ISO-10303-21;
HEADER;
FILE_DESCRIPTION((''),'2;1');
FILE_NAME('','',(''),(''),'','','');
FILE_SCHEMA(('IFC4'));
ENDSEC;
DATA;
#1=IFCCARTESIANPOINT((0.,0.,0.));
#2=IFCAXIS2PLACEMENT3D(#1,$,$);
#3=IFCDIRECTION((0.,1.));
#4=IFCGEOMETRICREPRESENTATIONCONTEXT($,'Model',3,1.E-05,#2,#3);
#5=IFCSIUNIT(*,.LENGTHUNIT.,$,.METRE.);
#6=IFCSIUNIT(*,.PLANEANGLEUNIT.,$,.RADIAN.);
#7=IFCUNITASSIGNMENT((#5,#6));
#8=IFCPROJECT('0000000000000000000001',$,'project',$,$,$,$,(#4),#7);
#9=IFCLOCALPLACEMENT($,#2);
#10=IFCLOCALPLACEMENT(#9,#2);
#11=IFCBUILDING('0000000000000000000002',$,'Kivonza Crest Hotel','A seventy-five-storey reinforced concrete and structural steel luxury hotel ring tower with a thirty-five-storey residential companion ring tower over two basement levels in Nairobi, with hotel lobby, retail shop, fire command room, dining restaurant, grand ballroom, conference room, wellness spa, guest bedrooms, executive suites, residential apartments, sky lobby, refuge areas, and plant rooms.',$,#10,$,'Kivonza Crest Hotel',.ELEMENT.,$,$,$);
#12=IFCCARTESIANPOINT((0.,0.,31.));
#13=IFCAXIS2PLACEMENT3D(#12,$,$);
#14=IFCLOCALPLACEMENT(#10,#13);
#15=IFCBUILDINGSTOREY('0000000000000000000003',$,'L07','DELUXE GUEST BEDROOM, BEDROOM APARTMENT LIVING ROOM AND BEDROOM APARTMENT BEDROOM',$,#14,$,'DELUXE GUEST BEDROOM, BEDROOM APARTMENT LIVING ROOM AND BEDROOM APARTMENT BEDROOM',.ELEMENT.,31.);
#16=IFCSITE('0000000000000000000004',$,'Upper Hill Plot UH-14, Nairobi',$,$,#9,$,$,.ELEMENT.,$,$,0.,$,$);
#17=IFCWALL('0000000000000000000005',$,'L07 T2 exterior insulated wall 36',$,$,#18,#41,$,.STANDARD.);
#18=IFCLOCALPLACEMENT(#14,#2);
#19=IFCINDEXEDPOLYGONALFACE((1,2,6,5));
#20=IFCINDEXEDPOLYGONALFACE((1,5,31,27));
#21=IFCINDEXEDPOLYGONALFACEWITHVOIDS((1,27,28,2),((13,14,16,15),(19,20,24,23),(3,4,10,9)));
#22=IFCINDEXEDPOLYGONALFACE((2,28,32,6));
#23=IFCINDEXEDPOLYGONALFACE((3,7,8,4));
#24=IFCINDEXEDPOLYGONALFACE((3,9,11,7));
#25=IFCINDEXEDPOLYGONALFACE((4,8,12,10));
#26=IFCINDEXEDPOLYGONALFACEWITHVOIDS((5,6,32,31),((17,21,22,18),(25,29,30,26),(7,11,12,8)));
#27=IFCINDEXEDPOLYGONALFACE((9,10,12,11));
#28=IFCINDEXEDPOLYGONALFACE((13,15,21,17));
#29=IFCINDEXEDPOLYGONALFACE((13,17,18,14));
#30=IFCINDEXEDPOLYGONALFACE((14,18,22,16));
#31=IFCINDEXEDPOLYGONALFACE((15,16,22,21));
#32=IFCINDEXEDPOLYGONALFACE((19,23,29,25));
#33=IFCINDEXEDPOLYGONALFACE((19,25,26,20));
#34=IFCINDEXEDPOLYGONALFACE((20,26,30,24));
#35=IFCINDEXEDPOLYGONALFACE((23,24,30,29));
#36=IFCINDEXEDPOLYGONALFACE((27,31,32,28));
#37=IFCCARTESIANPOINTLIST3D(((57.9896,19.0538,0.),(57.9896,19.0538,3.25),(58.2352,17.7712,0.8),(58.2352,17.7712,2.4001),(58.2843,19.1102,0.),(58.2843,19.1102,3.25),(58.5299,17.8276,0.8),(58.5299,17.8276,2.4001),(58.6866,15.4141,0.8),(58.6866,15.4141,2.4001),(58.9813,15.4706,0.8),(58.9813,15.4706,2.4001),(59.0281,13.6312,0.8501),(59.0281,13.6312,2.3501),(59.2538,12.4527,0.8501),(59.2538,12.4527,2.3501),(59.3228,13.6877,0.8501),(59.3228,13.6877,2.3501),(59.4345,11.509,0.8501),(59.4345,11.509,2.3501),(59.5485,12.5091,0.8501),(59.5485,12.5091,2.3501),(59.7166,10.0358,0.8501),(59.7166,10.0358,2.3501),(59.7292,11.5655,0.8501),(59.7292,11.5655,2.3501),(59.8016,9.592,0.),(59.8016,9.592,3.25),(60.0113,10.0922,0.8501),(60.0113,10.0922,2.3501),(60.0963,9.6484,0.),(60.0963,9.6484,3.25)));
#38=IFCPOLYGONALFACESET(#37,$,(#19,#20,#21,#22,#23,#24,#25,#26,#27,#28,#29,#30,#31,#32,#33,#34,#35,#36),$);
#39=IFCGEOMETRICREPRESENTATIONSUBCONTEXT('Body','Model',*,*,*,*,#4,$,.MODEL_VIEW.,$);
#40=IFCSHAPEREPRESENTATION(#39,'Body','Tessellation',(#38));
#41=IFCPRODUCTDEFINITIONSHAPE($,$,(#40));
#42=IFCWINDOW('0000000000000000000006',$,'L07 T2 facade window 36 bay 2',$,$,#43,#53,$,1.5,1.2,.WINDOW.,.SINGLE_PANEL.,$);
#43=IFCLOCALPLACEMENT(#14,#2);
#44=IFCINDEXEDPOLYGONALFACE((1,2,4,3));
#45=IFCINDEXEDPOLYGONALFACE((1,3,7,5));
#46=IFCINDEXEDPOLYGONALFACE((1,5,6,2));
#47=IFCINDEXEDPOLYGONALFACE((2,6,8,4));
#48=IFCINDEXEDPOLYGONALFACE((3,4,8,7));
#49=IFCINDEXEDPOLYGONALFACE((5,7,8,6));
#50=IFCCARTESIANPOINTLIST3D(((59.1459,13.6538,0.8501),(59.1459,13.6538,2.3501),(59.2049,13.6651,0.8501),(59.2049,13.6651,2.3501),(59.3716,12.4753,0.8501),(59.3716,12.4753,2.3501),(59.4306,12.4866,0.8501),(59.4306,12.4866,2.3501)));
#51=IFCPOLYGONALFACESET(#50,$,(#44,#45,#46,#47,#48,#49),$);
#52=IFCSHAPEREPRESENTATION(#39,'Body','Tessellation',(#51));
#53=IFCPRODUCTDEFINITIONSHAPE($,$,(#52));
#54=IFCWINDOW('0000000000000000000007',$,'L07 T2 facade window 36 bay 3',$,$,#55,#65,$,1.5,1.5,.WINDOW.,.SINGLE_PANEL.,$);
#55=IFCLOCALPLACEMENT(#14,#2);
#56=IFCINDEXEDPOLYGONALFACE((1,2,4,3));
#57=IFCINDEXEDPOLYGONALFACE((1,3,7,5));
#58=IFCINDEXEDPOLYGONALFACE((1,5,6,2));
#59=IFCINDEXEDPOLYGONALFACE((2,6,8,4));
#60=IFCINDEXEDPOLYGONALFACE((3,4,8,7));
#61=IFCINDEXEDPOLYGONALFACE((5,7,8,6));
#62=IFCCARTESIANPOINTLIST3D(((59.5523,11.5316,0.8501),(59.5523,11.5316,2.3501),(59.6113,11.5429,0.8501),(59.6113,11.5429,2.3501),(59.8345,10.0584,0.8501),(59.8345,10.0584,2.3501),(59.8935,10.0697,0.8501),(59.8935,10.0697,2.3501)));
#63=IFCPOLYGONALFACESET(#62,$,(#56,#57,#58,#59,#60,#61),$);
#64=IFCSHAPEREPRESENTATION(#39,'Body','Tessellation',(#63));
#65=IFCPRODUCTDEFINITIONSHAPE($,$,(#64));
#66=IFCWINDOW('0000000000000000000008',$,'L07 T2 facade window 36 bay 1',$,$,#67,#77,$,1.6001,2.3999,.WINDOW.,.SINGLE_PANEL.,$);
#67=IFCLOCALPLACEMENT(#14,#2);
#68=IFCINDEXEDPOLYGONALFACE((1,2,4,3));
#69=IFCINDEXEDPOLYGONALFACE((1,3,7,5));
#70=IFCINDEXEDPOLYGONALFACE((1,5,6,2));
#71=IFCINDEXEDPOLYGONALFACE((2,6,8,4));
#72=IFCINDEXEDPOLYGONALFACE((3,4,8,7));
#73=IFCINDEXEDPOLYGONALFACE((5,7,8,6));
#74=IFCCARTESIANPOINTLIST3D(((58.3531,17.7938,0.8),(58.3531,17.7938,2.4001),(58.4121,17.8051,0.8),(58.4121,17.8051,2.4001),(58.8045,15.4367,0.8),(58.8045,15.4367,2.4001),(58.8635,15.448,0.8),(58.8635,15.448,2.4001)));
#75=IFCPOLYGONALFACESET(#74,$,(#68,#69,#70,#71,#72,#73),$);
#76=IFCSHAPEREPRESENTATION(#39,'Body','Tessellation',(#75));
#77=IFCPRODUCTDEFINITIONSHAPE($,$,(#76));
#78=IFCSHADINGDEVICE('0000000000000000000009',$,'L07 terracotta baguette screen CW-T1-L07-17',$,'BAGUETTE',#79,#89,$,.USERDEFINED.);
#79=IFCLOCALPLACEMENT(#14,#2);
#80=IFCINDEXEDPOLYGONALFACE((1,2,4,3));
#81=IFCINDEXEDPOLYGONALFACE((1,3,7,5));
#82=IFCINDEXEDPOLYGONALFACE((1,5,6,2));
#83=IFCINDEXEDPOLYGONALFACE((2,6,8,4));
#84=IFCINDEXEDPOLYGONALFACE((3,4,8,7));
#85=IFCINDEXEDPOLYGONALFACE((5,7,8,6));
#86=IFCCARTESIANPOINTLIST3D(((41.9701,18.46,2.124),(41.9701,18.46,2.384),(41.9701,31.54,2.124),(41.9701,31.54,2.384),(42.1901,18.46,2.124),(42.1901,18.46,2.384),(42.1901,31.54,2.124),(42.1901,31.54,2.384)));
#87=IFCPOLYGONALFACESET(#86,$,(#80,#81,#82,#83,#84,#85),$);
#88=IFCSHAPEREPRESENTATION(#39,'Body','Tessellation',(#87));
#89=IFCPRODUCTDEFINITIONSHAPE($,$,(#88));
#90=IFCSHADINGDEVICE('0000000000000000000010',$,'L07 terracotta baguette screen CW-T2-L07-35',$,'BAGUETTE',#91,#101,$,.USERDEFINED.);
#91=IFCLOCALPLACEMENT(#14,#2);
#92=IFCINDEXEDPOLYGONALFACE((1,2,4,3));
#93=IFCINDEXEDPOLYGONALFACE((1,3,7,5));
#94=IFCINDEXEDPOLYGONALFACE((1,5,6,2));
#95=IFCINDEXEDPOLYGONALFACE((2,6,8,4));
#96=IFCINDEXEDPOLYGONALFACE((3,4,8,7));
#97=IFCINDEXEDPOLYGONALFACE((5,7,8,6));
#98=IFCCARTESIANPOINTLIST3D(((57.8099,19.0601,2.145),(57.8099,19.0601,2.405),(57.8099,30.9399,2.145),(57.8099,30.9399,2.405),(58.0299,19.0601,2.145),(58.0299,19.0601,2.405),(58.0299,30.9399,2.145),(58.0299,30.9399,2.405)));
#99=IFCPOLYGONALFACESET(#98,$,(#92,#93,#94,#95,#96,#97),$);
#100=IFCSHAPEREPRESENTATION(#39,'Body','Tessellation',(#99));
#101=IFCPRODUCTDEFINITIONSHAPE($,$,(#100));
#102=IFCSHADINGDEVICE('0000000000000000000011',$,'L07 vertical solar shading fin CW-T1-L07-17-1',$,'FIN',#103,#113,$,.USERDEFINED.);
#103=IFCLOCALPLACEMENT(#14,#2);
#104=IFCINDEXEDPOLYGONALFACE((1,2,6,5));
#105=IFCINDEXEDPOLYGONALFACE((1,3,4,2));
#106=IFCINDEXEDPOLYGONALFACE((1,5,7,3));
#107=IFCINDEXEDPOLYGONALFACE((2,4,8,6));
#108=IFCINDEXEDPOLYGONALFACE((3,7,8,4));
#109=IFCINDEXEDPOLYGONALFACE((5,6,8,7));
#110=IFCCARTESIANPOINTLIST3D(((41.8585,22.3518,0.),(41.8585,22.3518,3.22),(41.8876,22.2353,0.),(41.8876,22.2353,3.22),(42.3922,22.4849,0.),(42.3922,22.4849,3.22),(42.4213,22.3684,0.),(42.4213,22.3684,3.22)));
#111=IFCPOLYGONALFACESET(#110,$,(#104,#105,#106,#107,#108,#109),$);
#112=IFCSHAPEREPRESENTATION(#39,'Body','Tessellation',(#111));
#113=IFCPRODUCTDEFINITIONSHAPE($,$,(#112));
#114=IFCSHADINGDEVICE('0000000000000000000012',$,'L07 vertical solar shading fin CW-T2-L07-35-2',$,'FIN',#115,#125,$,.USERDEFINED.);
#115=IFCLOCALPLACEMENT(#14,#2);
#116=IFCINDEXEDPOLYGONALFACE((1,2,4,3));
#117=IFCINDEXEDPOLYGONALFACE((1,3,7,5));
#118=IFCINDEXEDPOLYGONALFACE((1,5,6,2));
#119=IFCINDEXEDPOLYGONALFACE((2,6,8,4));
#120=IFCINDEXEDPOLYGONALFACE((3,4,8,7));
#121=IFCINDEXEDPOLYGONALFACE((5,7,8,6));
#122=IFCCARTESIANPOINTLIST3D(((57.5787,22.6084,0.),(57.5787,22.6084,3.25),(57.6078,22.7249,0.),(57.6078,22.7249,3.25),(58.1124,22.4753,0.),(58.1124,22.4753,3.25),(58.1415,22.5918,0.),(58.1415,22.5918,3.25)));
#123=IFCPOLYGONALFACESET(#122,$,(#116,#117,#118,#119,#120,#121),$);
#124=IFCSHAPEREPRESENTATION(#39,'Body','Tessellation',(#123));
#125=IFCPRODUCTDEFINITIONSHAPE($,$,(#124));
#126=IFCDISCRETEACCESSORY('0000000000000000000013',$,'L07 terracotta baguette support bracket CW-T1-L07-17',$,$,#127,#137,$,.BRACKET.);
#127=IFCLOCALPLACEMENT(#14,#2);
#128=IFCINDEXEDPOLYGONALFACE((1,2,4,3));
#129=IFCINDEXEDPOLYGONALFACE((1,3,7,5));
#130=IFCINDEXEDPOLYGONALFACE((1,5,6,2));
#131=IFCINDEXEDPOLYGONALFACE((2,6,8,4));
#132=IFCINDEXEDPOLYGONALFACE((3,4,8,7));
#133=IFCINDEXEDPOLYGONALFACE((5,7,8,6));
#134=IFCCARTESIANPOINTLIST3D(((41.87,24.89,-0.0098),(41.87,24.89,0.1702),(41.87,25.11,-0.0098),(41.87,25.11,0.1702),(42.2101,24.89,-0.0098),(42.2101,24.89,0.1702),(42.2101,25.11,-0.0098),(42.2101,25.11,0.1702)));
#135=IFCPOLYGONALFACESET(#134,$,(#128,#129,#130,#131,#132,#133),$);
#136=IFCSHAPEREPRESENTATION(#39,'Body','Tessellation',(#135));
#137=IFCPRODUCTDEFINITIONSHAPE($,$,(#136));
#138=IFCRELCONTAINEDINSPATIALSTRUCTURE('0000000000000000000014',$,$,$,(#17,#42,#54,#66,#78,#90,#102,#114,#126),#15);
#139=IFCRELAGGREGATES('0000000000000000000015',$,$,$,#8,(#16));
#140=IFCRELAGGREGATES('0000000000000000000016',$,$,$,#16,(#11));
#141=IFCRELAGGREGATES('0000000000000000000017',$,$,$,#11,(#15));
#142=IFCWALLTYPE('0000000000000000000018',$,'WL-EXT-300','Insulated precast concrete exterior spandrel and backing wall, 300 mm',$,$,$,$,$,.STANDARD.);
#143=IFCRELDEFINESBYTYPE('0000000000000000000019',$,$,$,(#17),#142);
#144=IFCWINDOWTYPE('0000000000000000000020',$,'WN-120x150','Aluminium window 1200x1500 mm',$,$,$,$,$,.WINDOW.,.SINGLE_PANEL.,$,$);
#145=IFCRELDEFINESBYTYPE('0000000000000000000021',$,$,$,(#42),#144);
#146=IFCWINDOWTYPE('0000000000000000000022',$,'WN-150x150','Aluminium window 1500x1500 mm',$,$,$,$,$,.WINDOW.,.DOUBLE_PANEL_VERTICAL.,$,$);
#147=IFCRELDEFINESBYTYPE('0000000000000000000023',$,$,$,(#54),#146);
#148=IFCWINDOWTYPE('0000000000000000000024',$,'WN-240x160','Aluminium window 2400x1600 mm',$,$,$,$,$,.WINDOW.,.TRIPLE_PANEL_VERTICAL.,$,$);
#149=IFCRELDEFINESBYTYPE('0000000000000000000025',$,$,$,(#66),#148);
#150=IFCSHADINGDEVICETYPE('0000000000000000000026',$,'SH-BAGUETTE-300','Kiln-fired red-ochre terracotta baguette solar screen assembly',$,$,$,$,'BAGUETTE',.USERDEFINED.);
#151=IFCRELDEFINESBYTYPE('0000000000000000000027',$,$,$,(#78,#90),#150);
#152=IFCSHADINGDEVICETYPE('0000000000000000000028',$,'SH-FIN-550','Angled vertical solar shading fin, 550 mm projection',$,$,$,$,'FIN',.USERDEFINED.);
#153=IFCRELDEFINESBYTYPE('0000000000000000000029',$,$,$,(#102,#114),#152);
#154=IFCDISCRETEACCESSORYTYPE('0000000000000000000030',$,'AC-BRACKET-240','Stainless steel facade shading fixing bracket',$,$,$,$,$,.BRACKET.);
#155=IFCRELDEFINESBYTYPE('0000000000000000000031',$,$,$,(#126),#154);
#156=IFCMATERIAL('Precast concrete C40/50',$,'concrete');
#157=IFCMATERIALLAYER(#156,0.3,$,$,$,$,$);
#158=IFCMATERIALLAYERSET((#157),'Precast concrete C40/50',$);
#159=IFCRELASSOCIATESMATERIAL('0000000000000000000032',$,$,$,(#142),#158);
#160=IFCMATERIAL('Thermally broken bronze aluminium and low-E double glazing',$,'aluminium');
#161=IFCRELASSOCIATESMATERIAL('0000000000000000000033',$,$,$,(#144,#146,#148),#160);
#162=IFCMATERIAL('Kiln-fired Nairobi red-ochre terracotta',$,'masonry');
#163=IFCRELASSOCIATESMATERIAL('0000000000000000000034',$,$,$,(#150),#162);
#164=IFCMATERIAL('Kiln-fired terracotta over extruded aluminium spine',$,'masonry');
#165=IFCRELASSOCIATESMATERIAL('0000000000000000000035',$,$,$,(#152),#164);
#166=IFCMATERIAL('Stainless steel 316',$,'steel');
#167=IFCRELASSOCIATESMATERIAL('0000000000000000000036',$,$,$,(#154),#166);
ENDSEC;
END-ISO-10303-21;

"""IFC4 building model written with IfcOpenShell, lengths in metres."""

from ifc_helpers import new_model, si_unit, direction, frame, frame_2d, origin, origin_2d, place, context, subcontext, project, spatial, rectangle, extrude, material, layer, layer_set, type_object, element, fill, save


model = new_model("IFC4")

# Units and contexts
model_context = context("Model", 3, precision=1e-05, world=origin(), true_north=direction((0.0, 1.0)))
body_context = subcontext(model_context, "Body", "Model", "MODEL_VIEW")
ifc_project = project(units=[si_unit("LENGTHUNIT", "METRE"), si_unit("PLANEANGLEUNIT", "RADIAN")], contexts=[model_context])

# Site, building, storey
site_placement = place(None, origin())
site = spatial("IfcSite", under=ifc_project, at=site_placement, Name="Upper Hill Plot UH-14, Nairobi", CompositionType="ELEMENT", RefElevation=0.0)
building_placement = place(site_placement, origin())
building = spatial("IfcBuilding", under=site, at=building_placement, Name="Kivonza Crest Hotel", Description="A seventy-five-storey reinforced concrete and structural steel luxury hotel ring tower with a thirty-five-storey residential companion ring tower over two basement levels in Nairobi, with hotel lobby, retail shop, fire command room, dining restaurant, grand ballroom, conference room, wellness spa, guest bedrooms, executive suites, residential apartments, sky lobby, refuge areas, and plant rooms.", LongName="Kivonza Crest Hotel", CompositionType="ELEMENT")
storey_placement = place(building_placement, frame((0.0, 0.0, 31.0)))
storey = spatial("IfcBuildingStorey", under=building, at=storey_placement, Name="L07", Description="DELUXE GUEST BEDROOM, BEDROOM APARTMENT LIVING ROOM AND BEDROOM APARTMENT BEDROOM", LongName="DELUXE GUEST BEDROOM, BEDROOM APARTMENT LIVING ROOM AND BEDROOM APARTMENT BEDROOM", CompositionType="ELEMENT", Elevation=31.0)

# Wall, openings, windows
ifc_material_1 = material(Name="Precast concrete C40/50", Category="concrete")
ifc_layer_1 = layer(ifc_material_1, 0.3)
ifc_layer_set_1 = layer_set([ifc_layer_1], Name="Precast concrete C40/50")
wall_type_1 = type_object("IfcWallType", Name="WL-EXT-300", Description="Insulated precast concrete exterior spandrel and backing wall, 300 mm", PredefinedType="STANDARD", material=ifc_layer_set_1)
wall_1_placement = place(storey_placement, frame((58.137, 19.082, 0.0), z_axis=(0.0, 0.0, 1.0), x_axis=(0.188088, -0.982152, 0.0)))
wall_1 = element("IfcWall", 1, at=wall_1_placement, inside=storey, type_object=wall_type_1, Name="L07 T2 exterior insulated wall 36", PredefinedType="STANDARD", context=body_context, shape_type="SweptSolid", body=[
    extrude(rectangle(XDim=9.6338, YDim=0.3, at=frame_2d((4.8169, 0.0))), origin(), (0.0, 0.0, 1.0), 3.25),
])
opening_1_placement = place(wall_1_placement, frame((1.3059, 0.0, 0.8)))
opening_1 = element("IfcOpeningElement", 2, at=opening_1_placement, cuts=wall_1, PredefinedType="OPENING", context=body_context, shape_type="SweptSolid", body=[
    extrude(rectangle(XDim=2.3999, YDim=1.6001, at=frame_2d((1.2, 0.8))), frame((0.0, 0.1602, 0.0), z_axis=(0.0, -1.0, 0.0), x_axis=(1.0, 0.0, 0.0)), (0.0, 0.0, 1.0), 0.3201),
])
opening_2_placement = place(wall_1_placement, frame((5.521, 0.0, 0.8501)))
opening_2 = element("IfcOpeningElement", 3, at=opening_2_placement, cuts=wall_1, PredefinedType="OPENING", context=body_context, shape_type="SweptSolid", body=[
    extrude(rectangle(XDim=1.2, YDim=1.5, at=frame_2d((0.6001, 0.75))), frame((0.0, 0.1602, 0.0), z_axis=(0.0, -1.0, 0.0), x_axis=(1.0, 0.0, 0.0)), (0.0, 0.0, 1.0), 0.3201),
])
opening_3_placement = place(wall_1_placement, frame((7.6819, 0.0, 0.8501)))
opening_3 = element("IfcOpeningElement", 4, at=opening_3_placement, cuts=wall_1, PredefinedType="OPENING", context=body_context, shape_type="SweptSolid", body=[
    extrude(rectangle(XDim=1.5, YDim=1.5, at=frame_2d((0.75, 0.75))), frame((0.0, 0.1602, 0.0), z_axis=(0.0, -1.0, 0.0), x_axis=(1.0, 0.0, 0.0)), (0.0, 0.0, 1.0), 0.3201),
])
ifc_material_2 = material(Name="Thermally broken bronze aluminium and low-E double glazing", Category="aluminium")
window_type_1 = type_object("IfcWindowType", Name="WN-120x150", Description="Aluminium window 1200x1500 mm", PartitioningType="SINGLE_PANEL", PredefinedType="WINDOW", material=ifc_material_2)
window_1_placement = place(opening_2_placement, origin())
window_1 = element("IfcWindow", 5, at=window_1_placement, inside=storey, type_object=window_type_1, Name="L07 T2 facade window 36 bay 2", OverallHeight=1.5, OverallWidth=1.2, PartitioningType="SINGLE_PANEL", PredefinedType="WINDOW", context=body_context, shape_type="SweptSolid", body=[
    extrude(rectangle(XDim=1.2, YDim=1.5, at=frame_2d((0.6001, 0.75))), frame((0.0, 0.03, 0.0), z_axis=(0.0, -1.0, 0.0), x_axis=(1.0, 0.0, 0.0)), (0.0, 0.0, 1.0), 0.0601),
])
fill(opening_2, window_1)
window_type_2 = type_object("IfcWindowType", Name="WN-150x150", Description="Aluminium window 1500x1500 mm", PartitioningType="DOUBLE_PANEL_VERTICAL", PredefinedType="WINDOW", material=ifc_material_2)
window_2_placement = place(opening_3_placement, origin())
window_2 = element("IfcWindow", 6, at=window_2_placement, inside=storey, type_object=window_type_2, Name="L07 T2 facade window 36 bay 3", OverallHeight=1.5, OverallWidth=1.5, PartitioningType="SINGLE_PANEL", PredefinedType="WINDOW", context=body_context, shape_type="SweptSolid", body=[
    extrude(rectangle(XDim=1.5, YDim=1.5, at=frame_2d((0.75, 0.75))), frame((0.0, 0.03, 0.0), z_axis=(0.0, -1.0, 0.0), x_axis=(1.0, 0.0, 0.0)), (0.0, 0.0, 1.0), 0.0601),
])
fill(opening_3, window_2)
window_type_3 = type_object("IfcWindowType", Name="WN-240x160", Description="Aluminium window 2400x1600 mm", PartitioningType="TRIPLE_PANEL_VERTICAL", PredefinedType="WINDOW", material=ifc_material_2)
window_3_placement = place(opening_1_placement, origin())
window_3 = element("IfcWindow", 7, at=window_3_placement, inside=storey, type_object=window_type_3, Name="L07 T2 facade window 36 bay 1", OverallHeight=1.6001, OverallWidth=2.3999, PartitioningType="SINGLE_PANEL", PredefinedType="WINDOW", context=body_context, shape_type="SweptSolid", body=[
    extrude(rectangle(XDim=2.3999, YDim=1.6001, at=frame_2d((1.2, 0.8))), frame((0.0, 0.03, 0.0), z_axis=(0.0, -1.0, 0.0), x_axis=(1.0, 0.0, 0.0)), (0.0, 0.0, 1.0), 0.0601),
])
fill(opening_1, window_3)

# Shading devices
ifc_material_3 = material(Name="Kiln-fired Nairobi red-ochre terracotta", Category="masonry")
shading_device_type_1 = type_object("IfcShadingDeviceType", Name="SH-BAGUETTE-300", Description="Kiln-fired red-ochre terracotta baguette solar screen assembly", ElementType="BAGUETTE", PredefinedType="USERDEFINED", material=ifc_material_3)
shading_device_1_placement = place(storey_placement, frame((42.0801, 25.0, 2.124), z_axis=(0.0, 0.0, 1.0), x_axis=(0.0, 1.0, 0.0)))
element("IfcShadingDevice", 8, at=shading_device_1_placement, inside=storey, type_object=shading_device_type_1, Name="L07 terracotta baguette screen CW-T1-L07-17", ObjectType="BAGUETTE", PredefinedType="USERDEFINED", context=body_context, shape_type="SweptSolid", body=[
    extrude(rectangle(XDim=13.0801, YDim=0.22, at=origin_2d()), origin(), (0.0, 0.0, 1.0), 0.26),
])
shading_device_2_placement = place(storey_placement, frame((57.9199, 25.0, 2.145), z_axis=(0.0, 0.0, 1.0), x_axis=(0.0, -1.0, 0.0)))
element("IfcShadingDevice", 9, at=shading_device_2_placement, inside=storey, type_object=shading_device_type_1, Name="L07 terracotta baguette screen CW-T2-L07-35", ObjectType="BAGUETTE", PredefinedType="USERDEFINED", context=body_context, shape_type="SweptSolid", body=[
    extrude(rectangle(XDim=11.8799, YDim=0.22, at=origin_2d()), origin(), (0.0, 0.0, 1.0), 0.26),
])
ifc_material_4 = material(Name="Kiln-fired terracotta over extruded aluminium spine", Category="masonry")
shading_device_type_2 = type_object("IfcShadingDeviceType", Name="SH-FIN-550", Description="Angled vertical solar shading fin, 550 mm projection", ElementType="FIN", PredefinedType="USERDEFINED", material=ifc_material_4)
shading_device_3_placement = place(storey_placement, frame((42.1399, 22.3601, 0.0), z_axis=(0.0, 0.0, 1.0), x_axis=(-0.241922, 0.970296, 0.0)))
element("IfcShadingDevice", 10, at=shading_device_3_placement, inside=storey, type_object=shading_device_type_2, Name="L07 vertical solar shading fin CW-T1-L07-17-1", ObjectType="FIN", PredefinedType="USERDEFINED", context=body_context, shape_type="SweptSolid", body=[
    extrude(rectangle(XDim=0.1201, YDim=0.55, at=origin_2d()), origin(), (0.0, 0.0, 1.0), 3.22),
])
shading_device_4_placement = place(storey_placement, frame((57.8601, 22.6001, 0.0), z_axis=(0.0, 0.0, 1.0), x_axis=(-0.241922, -0.970296, 0.0)))
element("IfcShadingDevice", 11, at=shading_device_4_placement, inside=storey, type_object=shading_device_type_2, Name="L07 vertical solar shading fin CW-T2-L07-35-2", ObjectType="FIN", PredefinedType="USERDEFINED", context=body_context, shape_type="SweptSolid", body=[
    extrude(rectangle(XDim=0.1201, YDim=0.55, at=origin_2d()), origin(), (0.0, 0.0, 1.0), 3.25),
])

# Discrete accessory
ifc_material_5 = material(Name="Stainless steel 316", Category="steel")
discrete_accessory_type = type_object("IfcDiscreteAccessoryType", Name="AC-BRACKET-240", Description="Stainless steel facade shading fixing bracket", PredefinedType="BRACKET", material=ifc_material_5)
discrete_accessory_placement = place(storey_placement, frame((42.04, 25.0, -0.0098), z_axis=(0.0, 0.0, 1.0), x_axis=(0.0, 1.0, 0.0)))
element("IfcDiscreteAccessory", 12, at=discrete_accessory_placement, inside=storey, type_object=discrete_accessory_type, Name="L07 terracotta baguette support bracket CW-T1-L07-17", PredefinedType="BRACKET", context=body_context, shape_type="SweptSolid", body=[
    extrude(rectangle(XDim=0.22, YDim=0.3401, at=origin_2d()), origin(), (0.0, 0.0, 1.0), 0.1799),
])

save(model, "model.ifc")
